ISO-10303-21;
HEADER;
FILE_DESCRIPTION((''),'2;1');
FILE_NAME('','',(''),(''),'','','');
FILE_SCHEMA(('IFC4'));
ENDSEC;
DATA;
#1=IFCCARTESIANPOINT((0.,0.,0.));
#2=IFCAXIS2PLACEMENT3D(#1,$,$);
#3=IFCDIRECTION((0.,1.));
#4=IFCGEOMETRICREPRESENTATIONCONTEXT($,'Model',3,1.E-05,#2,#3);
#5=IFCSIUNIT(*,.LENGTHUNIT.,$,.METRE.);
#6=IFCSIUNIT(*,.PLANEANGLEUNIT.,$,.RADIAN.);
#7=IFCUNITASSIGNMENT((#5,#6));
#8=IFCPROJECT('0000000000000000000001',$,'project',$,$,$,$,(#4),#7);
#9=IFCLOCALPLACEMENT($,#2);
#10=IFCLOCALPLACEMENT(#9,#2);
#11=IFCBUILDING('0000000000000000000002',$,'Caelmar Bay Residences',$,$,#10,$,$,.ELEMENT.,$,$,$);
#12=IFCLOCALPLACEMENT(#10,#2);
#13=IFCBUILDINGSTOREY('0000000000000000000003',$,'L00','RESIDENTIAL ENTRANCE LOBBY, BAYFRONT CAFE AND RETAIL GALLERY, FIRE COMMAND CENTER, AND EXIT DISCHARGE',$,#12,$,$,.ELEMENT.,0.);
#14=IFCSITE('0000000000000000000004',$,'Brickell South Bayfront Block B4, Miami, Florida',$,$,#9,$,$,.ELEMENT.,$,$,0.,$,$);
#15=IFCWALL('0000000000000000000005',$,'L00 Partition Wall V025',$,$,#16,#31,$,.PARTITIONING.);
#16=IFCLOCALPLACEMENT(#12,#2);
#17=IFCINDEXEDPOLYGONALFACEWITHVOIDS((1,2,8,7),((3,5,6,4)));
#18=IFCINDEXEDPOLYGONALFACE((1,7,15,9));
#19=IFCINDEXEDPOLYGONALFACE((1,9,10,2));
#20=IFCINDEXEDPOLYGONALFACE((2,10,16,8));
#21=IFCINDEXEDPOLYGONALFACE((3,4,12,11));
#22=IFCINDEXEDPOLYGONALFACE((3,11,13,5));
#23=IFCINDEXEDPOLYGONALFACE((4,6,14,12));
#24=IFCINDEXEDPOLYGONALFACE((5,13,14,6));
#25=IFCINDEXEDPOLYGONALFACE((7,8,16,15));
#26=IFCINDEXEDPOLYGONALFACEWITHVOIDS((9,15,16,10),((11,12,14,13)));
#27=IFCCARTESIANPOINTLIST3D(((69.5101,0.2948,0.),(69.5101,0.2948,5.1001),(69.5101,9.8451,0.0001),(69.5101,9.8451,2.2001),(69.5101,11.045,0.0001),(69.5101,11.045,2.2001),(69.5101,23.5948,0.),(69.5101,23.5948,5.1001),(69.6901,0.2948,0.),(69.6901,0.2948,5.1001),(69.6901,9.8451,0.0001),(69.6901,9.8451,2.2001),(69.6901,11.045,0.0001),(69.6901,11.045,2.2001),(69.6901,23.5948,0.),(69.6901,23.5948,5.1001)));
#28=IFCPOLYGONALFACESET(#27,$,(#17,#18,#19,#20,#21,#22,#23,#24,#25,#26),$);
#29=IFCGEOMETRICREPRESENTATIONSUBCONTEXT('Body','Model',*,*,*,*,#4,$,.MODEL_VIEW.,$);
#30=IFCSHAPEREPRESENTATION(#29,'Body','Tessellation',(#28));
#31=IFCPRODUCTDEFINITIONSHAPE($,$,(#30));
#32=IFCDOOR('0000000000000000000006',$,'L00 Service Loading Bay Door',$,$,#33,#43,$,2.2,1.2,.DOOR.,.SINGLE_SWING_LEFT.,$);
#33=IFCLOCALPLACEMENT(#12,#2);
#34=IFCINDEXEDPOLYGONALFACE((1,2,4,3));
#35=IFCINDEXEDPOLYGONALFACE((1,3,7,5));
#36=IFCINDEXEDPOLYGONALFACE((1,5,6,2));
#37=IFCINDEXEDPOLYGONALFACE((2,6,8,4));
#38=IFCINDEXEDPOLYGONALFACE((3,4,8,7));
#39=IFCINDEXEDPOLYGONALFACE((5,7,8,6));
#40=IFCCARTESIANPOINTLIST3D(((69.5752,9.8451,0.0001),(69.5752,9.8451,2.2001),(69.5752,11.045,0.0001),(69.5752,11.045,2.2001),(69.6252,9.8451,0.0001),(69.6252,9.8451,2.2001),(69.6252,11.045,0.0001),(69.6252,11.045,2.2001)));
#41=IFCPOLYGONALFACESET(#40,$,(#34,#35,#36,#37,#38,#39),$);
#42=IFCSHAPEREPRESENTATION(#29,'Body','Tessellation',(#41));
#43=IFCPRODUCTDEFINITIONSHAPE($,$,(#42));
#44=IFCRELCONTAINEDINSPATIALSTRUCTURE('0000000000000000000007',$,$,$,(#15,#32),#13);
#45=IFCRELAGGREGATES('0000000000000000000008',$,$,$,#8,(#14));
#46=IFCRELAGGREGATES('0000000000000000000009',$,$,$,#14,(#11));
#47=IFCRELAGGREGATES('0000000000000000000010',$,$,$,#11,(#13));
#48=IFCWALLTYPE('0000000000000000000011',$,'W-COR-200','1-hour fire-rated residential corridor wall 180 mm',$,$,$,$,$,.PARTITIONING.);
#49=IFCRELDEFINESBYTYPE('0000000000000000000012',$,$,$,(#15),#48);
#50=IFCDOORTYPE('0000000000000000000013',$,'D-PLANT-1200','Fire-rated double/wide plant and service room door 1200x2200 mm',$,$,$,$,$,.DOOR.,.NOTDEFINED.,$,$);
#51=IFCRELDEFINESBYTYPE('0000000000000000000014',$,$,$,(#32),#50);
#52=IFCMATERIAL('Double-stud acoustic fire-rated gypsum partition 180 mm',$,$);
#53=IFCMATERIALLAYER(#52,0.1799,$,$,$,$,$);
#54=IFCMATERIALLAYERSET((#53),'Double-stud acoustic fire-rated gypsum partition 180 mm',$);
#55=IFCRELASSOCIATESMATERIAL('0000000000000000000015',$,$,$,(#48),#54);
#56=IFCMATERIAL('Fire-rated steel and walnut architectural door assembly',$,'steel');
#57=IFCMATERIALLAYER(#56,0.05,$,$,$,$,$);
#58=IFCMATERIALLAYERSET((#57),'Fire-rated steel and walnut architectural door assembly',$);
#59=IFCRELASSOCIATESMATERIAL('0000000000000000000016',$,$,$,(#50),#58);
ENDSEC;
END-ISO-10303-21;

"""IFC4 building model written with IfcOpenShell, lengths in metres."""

from ifc_helpers import new_model, si_unit, direction, frame, frame_2d, origin, place, context, subcontext, project, spatial, rectangle, extrude, material, layer, layer_set, type_object, element, fill, save


model = new_model("IFC4")

# Units and contexts
model_context = context("Model", 3, precision=1e-05, world=origin(), true_north=direction((0.0, 1.0)))
body_context = subcontext(model_context, "Body", "Model", "MODEL_VIEW")
ifc_project = project(units=[si_unit("LENGTHUNIT", "METRE"), si_unit("PLANEANGLEUNIT", "RADIAN")], contexts=[model_context])

# Site, building, storey
site_placement = place(None, origin())
site = spatial("IfcSite", under=ifc_project, at=site_placement, Name="Brickell South Bayfront Block B4, Miami, Florida", CompositionType="ELEMENT", RefElevation=0.0)
building_placement = place(site_placement, origin())
building = spatial("IfcBuilding", under=site, at=building_placement, Name="Caelmar Bay Residences", CompositionType="ELEMENT")
storey_placement = place(building_placement, origin())
storey = spatial("IfcBuildingStorey", under=building, at=storey_placement, Name="L00", Description="RESIDENTIAL ENTRANCE LOBBY, BAYFRONT CAFE AND RETAIL GALLERY, FIRE COMMAND CENTER, AND EXIT DISCHARGE", CompositionType="ELEMENT", Elevation=0.0)

# Wall, opening, door
ifc_material_1 = material(Name="Double-stud acoustic fire-rated gypsum partition 180 mm")
ifc_layer_1 = layer(ifc_material_1, 0.1799)
ifc_layer_set_1 = layer_set([ifc_layer_1], Name="Double-stud acoustic fire-rated gypsum partition 180 mm")
wall_type_1 = type_object("IfcWallType", Name="W-COR-200", Description="1-hour fire-rated residential corridor wall 180 mm", PredefinedType="PARTITIONING", material=ifc_layer_set_1)
wall_1_placement = place(storey_placement, frame((69.6001, 0.2949, 0.0), z_axis=(0.0, 0.0, 1.0), x_axis=(0.0, 1.0, 0.0)))
wall_1 = element("IfcWall", 1, at=wall_1_placement, inside=storey, type_object=wall_type_1, Name="L00 Partition Wall V025", PredefinedType="PARTITIONING", context=body_context, shape_type="SweptSolid", body=[
    extrude(rectangle(XDim=23.3, YDim=0.1799, at=frame_2d((11.6499, 0.0))), origin(), (0.0, 0.0, 1.0), 5.1001),
])
opening_1_placement = place(wall_1_placement, frame((9.55, 0.0, 0.0)))
opening_1 = element("IfcOpeningElement", 2, at=opening_1_placement, cuts=wall_1, PredefinedType="OPENING", context=body_context, shape_type="SweptSolid", body=[
    extrude(rectangle(XDim=1.2, YDim=2.2, at=frame_2d((0.6001, 1.1001))), frame((0.0, 0.0999, 0.0), z_axis=(0.0, -1.0, 0.0), x_axis=(1.0, 0.0, 0.0)), (0.0, 0.0, 1.0), 0.2),
])
ifc_material_2 = material(Name="Fire-rated steel and walnut architectural door assembly", Category="steel")
ifc_layer_2 = layer(ifc_material_2, 0.05)
ifc_layer_set_2 = layer_set([ifc_layer_2], Name="Fire-rated steel and walnut architectural door assembly")
door_type_1 = type_object("IfcDoorType", Name="D-PLANT-1200", Description="Fire-rated double/wide plant and service room door 1200x2200 mm", OperationType="NOTDEFINED", PredefinedType="DOOR", material=ifc_layer_set_2)
door_1_placement = place(opening_1_placement, origin())
door_1 = element("IfcDoor", 3, at=door_1_placement, inside=storey, type_object=door_type_1, Name="L00 Service Loading Bay Door", OperationType="SINGLE_SWING_LEFT", OverallHeight=2.2, OverallWidth=1.2, PredefinedType="DOOR", context=body_context, shape_type="SweptSolid", body=[
    extrude(rectangle(XDim=1.2, YDim=2.2, at=frame_2d((0.6001, 1.1001))), frame((0.0, 0.0249, 0.0), z_axis=(0.0, -1.0, 0.0), x_axis=(1.0, 0.0, 0.0)), (0.0, 0.0, 1.0), 0.05),
])
fill(opening_1, door_1)

save(model, "model.ifc")
